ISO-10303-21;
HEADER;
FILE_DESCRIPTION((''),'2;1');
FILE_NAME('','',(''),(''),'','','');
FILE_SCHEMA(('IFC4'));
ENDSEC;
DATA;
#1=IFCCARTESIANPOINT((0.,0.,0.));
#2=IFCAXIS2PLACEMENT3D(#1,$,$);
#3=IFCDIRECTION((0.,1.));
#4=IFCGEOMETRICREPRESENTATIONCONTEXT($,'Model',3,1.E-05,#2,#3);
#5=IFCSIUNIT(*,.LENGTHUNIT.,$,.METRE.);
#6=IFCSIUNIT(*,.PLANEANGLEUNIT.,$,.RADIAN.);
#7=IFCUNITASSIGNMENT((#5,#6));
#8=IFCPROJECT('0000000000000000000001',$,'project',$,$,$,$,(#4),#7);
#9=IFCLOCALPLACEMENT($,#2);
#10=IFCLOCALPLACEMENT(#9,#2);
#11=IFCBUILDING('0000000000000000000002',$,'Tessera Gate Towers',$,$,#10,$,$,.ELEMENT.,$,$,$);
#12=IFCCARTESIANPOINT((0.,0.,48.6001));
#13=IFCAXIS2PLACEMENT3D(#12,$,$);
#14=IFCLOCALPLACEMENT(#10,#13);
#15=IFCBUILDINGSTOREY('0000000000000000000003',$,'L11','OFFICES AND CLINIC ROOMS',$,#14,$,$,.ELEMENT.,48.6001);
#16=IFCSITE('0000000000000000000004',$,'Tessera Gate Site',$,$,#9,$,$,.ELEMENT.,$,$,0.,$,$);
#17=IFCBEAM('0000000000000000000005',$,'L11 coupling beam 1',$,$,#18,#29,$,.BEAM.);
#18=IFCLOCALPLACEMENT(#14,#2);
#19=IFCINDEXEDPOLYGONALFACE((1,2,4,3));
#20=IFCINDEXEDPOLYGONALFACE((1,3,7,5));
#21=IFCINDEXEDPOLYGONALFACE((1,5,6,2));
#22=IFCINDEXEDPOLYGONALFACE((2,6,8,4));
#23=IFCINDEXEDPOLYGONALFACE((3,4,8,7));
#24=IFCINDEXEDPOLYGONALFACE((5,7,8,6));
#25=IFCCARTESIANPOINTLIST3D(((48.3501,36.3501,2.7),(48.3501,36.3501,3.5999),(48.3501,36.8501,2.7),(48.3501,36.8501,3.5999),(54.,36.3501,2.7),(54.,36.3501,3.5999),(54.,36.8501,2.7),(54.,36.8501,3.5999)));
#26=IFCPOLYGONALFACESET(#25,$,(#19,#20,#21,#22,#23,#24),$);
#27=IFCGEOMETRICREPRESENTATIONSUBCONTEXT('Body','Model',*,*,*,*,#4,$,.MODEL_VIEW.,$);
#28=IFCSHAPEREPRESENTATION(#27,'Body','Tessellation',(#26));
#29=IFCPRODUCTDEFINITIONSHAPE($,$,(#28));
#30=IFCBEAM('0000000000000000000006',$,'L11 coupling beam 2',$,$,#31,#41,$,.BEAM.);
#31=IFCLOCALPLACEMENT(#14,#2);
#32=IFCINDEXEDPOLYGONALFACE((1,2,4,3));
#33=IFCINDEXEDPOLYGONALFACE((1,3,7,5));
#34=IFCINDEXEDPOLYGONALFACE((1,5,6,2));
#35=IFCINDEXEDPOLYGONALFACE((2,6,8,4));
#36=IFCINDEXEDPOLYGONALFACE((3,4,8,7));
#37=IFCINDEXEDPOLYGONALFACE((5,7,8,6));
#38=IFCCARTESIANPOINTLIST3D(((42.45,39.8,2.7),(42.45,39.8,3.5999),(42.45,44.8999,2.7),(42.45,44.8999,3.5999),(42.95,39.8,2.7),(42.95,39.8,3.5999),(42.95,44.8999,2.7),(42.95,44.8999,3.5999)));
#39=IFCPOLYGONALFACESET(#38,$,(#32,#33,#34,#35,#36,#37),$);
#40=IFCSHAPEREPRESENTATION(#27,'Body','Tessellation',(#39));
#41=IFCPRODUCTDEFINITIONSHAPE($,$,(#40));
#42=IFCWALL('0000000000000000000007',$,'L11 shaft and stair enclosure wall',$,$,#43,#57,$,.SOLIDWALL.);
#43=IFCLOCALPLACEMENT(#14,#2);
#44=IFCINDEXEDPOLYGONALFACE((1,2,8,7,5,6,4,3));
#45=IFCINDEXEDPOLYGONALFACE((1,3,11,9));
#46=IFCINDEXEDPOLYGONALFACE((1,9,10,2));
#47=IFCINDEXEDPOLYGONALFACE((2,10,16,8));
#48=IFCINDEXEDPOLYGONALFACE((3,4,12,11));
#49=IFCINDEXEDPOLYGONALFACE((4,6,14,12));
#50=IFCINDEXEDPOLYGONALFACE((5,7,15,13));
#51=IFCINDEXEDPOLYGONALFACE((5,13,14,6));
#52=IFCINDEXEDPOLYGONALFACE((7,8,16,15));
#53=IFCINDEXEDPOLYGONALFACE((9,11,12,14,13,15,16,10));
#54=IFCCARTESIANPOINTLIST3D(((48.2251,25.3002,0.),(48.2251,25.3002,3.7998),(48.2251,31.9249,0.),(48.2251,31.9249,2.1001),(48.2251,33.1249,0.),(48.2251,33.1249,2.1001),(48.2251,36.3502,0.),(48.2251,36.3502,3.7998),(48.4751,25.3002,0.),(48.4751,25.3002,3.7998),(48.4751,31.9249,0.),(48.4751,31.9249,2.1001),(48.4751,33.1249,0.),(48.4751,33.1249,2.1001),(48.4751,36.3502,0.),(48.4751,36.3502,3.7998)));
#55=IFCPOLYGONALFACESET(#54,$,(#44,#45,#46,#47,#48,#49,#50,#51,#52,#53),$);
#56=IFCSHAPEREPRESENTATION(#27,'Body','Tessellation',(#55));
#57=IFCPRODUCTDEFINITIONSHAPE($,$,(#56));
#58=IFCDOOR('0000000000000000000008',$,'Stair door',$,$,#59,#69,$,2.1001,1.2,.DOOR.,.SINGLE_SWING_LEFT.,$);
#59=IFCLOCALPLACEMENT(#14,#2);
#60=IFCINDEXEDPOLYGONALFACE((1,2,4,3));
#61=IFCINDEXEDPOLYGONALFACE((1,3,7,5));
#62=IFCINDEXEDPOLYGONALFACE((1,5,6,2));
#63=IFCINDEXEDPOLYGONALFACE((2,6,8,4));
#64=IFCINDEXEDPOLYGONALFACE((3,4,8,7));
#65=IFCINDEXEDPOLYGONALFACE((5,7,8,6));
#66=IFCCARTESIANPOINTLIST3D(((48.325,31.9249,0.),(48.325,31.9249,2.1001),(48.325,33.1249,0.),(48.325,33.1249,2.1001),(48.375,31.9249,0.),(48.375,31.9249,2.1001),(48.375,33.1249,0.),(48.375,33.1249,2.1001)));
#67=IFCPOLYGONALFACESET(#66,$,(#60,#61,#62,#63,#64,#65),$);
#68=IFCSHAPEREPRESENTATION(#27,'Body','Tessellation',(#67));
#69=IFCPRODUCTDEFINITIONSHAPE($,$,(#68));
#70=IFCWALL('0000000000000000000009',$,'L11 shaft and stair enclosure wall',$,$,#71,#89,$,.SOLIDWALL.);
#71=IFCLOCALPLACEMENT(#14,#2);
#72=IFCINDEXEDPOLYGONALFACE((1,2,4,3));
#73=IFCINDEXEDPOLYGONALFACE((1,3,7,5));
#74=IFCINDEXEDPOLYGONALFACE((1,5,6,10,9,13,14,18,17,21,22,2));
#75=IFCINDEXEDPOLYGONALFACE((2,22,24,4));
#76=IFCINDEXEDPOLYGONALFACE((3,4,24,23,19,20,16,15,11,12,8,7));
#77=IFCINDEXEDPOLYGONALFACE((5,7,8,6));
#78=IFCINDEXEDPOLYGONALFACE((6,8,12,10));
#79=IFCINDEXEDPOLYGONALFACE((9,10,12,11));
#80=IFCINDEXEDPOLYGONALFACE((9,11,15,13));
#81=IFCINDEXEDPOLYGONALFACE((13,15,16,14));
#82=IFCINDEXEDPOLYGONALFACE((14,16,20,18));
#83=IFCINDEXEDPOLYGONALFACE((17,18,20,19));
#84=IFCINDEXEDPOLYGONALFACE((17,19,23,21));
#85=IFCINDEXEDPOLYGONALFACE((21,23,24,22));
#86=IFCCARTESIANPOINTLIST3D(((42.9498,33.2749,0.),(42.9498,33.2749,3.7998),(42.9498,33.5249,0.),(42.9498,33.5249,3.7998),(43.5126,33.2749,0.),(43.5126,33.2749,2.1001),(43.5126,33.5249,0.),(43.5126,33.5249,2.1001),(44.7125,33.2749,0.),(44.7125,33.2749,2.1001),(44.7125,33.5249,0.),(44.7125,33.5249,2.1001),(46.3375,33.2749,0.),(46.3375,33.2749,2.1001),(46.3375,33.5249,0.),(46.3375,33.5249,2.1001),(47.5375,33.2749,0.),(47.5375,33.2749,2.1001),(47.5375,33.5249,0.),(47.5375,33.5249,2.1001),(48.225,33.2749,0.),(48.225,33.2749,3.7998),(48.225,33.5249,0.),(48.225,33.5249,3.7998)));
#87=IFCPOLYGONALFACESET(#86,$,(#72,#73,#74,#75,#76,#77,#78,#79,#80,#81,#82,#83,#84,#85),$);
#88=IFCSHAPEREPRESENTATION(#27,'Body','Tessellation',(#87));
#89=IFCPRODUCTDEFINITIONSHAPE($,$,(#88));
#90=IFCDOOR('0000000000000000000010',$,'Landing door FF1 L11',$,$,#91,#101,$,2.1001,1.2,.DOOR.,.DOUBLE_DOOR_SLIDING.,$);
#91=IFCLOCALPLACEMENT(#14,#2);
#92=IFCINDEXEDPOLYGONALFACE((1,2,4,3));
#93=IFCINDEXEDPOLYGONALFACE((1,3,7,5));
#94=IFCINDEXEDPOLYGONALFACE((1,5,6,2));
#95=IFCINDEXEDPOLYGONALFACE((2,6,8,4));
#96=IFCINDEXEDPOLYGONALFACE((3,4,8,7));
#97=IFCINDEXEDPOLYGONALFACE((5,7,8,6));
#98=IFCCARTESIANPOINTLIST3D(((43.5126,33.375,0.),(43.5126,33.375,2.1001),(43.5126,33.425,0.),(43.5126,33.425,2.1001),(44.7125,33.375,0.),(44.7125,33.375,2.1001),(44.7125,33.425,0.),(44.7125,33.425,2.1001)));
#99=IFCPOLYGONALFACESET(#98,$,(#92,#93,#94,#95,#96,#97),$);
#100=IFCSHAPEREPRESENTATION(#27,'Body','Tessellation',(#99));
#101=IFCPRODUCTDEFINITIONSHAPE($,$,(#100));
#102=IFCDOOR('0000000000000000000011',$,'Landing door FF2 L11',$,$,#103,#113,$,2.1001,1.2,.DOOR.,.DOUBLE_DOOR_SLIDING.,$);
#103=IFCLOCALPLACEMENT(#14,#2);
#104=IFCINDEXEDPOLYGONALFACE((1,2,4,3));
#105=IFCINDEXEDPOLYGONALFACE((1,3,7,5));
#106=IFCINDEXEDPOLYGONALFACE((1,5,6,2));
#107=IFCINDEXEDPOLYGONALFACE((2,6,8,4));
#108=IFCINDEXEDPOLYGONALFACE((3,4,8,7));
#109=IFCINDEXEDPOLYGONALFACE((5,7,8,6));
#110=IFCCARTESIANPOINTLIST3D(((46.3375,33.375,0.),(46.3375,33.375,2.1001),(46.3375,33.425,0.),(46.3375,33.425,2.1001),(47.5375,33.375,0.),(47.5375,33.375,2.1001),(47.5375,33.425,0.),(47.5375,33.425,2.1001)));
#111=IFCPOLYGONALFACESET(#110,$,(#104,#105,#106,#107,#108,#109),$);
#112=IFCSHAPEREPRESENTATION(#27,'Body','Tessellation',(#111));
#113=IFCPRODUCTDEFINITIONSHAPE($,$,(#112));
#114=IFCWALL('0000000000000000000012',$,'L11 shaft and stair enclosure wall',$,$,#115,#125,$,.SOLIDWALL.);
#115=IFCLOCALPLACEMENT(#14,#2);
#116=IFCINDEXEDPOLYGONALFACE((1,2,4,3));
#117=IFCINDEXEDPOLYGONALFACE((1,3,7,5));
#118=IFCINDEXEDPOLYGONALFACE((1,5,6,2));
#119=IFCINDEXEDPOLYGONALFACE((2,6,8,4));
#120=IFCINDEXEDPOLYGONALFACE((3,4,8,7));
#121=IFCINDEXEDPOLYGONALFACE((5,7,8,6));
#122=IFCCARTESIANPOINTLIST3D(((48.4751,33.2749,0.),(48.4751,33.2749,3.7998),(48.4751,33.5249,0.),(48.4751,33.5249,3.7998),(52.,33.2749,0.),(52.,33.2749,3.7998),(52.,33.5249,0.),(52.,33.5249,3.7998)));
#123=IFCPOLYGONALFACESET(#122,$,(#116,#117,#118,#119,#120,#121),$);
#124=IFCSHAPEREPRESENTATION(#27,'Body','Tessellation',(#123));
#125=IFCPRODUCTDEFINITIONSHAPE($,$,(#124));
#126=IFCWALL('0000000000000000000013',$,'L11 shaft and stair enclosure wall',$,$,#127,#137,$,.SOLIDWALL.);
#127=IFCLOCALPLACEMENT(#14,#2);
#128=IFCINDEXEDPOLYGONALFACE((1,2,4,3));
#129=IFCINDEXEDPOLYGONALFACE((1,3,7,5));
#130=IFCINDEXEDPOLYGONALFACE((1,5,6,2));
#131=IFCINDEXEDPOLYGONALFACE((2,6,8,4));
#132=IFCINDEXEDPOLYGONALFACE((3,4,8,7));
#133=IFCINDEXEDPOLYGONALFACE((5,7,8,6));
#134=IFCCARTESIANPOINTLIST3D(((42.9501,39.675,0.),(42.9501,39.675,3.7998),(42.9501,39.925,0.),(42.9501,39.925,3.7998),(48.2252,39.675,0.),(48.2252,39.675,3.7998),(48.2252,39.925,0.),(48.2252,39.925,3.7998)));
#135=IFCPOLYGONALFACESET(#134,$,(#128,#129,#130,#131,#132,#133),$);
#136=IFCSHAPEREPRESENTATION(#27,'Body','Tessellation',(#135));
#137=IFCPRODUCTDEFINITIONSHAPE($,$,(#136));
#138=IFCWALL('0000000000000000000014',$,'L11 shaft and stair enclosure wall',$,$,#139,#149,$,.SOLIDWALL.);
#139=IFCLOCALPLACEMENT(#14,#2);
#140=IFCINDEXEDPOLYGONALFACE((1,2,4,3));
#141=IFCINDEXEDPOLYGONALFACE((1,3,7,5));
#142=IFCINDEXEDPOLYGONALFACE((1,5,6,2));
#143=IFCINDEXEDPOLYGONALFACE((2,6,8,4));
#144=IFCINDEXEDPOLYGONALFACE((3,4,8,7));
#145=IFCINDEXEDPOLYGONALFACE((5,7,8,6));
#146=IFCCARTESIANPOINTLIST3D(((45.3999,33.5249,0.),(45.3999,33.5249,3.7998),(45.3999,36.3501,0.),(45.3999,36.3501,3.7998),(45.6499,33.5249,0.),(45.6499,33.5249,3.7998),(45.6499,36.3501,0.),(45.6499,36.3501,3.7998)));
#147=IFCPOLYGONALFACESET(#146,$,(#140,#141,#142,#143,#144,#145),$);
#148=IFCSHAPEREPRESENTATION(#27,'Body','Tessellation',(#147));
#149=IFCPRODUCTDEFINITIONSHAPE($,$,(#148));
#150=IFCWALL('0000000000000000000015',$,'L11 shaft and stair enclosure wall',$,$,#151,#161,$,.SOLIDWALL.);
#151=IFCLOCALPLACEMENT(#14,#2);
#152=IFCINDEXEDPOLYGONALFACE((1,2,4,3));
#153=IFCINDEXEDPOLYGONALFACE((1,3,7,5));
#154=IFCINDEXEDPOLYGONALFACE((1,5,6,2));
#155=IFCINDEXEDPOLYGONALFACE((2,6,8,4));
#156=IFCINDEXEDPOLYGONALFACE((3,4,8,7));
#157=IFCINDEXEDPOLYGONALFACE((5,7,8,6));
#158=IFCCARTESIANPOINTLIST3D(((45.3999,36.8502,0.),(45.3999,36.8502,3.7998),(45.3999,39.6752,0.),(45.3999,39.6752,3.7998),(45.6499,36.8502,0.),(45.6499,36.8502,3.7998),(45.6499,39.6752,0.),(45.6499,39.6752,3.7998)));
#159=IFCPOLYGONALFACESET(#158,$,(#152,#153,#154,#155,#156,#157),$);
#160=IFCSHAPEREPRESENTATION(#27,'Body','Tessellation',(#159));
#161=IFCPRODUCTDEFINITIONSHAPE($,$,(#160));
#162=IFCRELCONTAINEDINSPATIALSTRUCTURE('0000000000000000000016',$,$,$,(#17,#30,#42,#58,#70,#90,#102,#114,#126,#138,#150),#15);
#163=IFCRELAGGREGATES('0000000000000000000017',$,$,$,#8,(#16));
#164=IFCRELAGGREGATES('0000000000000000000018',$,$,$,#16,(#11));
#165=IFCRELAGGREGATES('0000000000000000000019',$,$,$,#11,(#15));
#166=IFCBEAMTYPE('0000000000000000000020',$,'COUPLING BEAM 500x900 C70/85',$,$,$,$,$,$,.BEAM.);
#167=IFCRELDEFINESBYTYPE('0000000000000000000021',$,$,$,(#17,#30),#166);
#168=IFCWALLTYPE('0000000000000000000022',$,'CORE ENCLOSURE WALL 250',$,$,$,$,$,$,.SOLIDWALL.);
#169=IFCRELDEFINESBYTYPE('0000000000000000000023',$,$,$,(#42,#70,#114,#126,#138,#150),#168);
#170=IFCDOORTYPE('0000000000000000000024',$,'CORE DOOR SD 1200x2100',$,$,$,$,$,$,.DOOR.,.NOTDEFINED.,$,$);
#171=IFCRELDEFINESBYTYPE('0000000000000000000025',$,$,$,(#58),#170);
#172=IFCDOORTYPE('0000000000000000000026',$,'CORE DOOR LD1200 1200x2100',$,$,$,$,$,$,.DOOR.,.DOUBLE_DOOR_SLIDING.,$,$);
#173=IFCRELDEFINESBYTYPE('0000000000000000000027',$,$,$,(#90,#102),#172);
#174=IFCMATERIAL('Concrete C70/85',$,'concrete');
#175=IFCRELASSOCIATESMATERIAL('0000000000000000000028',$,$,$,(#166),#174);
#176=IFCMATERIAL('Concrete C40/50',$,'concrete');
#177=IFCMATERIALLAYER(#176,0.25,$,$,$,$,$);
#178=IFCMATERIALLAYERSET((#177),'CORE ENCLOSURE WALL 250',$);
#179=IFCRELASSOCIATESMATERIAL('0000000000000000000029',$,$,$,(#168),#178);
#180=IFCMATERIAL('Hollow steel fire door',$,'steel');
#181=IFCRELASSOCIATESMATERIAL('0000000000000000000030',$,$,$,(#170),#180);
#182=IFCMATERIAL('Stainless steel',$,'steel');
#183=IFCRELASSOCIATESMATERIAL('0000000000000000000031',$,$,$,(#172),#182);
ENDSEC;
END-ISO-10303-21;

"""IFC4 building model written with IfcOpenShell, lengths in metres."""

from ifc_helpers import new_model, si_unit, direction, frame, frame_2d, origin, origin_2d, place, context, subcontext, project, spatial, rectangle, extrude, source, transform, mapped, material, layer, layer_set, material_profile, profile_set, type_object, element, fill, save


model = new_model("IFC4")

# Units and contexts
model_context = context("Model", 3, precision=1e-05, world=origin(), true_north=direction((0.0, 1.0)))
body_context = subcontext(model_context, "Body", "Model", "MODEL_VIEW")
ifc_project = project(units=[si_unit("LENGTHUNIT", "METRE"), si_unit("PLANEANGLEUNIT", "RADIAN")], contexts=[model_context])

# Site, building, storey
site_placement = place(None, origin())
site = spatial("IfcSite", under=ifc_project, at=site_placement, Name="Tessera Gate Site", CompositionType="ELEMENT", RefElevation=0.0)
building_placement = place(site_placement, origin())
building = spatial("IfcBuilding", under=site, at=building_placement, Name="Tessera Gate Towers", CompositionType="ELEMENT")
storey_placement = place(building_placement, frame((0.0, 0.0, 48.6001)))
storey = spatial("IfcBuildingStorey", under=building, at=storey_placement, Name="L11", Description="OFFICES AND CLINIC ROOMS", CompositionType="ELEMENT", Elevation=48.6001)

# Beams
ifc_material_1 = material(Name="Concrete C70/85", Category="concrete")
ifc_material_profile = material_profile(ifc_material_1, rectangle(XDim=0.5, YDim=0.8999, at=origin_2d()), Name="RC 500x900")
ifc_profile_set = profile_set([ifc_material_profile], Name="Concrete C70/85")
beam_type = type_object("IfcBeamType", Name="COUPLING BEAM 500x900 C70/85", PredefinedType="BEAM", material=ifc_profile_set)
beam_1_placement = place(storey_placement, frame((48.3501, 36.6001, 3.1499), z_axis=(1.0, 0.0, 0.0), x_axis=(0.0, 1.0, 0.0)))
element("IfcBeam", 1, at=beam_1_placement, inside=storey, type_object=beam_type, Name="L11 coupling beam 1", PredefinedType="BEAM", context=body_context, shape_type="SweptSolid", body=[
    extrude(rectangle(XDim=0.5, YDim=0.8999, at=origin_2d()), origin(), (0.0, 0.0, 1.0), 5.6499),
])
beam_2_placement = place(storey_placement, frame((42.7, 39.8, 3.1499), z_axis=(0.0, 1.0, 0.0), x_axis=(-1.0, 0.0, 0.0)))
element("IfcBeam", 2, at=beam_2_placement, inside=storey, type_object=beam_type, Name="L11 coupling beam 2", PredefinedType="BEAM", context=body_context, shape_type="SweptSolid", body=[
    extrude(rectangle(XDim=0.5, YDim=0.8999, at=origin_2d()), origin(), (0.0, 0.0, 1.0), 5.0999),
])

# Wall, opening, door
ifc_material_2 = material(Name="Concrete C40/50", Category="concrete")
ifc_layer_1 = layer(ifc_material_2, 0.25)
ifc_layer_set_1 = layer_set([ifc_layer_1], Name="CORE ENCLOSURE WALL 250")
wall_type_1 = type_object("IfcWallType", Name="CORE ENCLOSURE WALL 250", PredefinedType="SOLIDWALL", material=ifc_layer_set_1)
wall_1_placement = place(storey_placement, frame((48.3501, 36.3501, 0.0), z_axis=(0.0, 0.0, 1.0), x_axis=(0.0, -1.0, 0.0)))
wall_1 = element("IfcWall", 3, at=wall_1_placement, inside=storey, type_object=wall_type_1, Name="L11 shaft and stair enclosure wall", PredefinedType="SOLIDWALL", context=body_context, shape_type="SweptSolid", body=[
    extrude(rectangle(XDim=11.05, YDim=0.25, at=frame_2d((5.5249, 0.0))), origin(), (0.0, 0.0, 1.0), 3.7998),
])
shared_shape_1 = source(origin(), body_context, "Body", "SweptSolid", [
    extrude(rectangle(XDim=1.2, YDim=2.1001, at=frame_2d((0.6001, 1.05))), frame((0.0, 0.135, 0.0), z_axis=(0.0, -1.0, 0.0), x_axis=(1.0, 0.0, 0.0)), (0.0, 0.0, 1.0), 0.27),
])
opening_1_placement = place(wall_1_placement, frame((3.2251, 0.0, 0.0)))
opening_1 = element("IfcOpeningElement", 4, at=opening_1_placement, cuts=wall_1, PredefinedType="OPENING", context=body_context, shape_type="MappedRepresentation", body=[
    mapped(shared_shape_1, transform((0.0, 0.0, 0.0), scale=1.0)),
])
ifc_material_3 = material(Name="Hollow steel fire door", Category="steel")
door_type_1 = type_object("IfcDoorType", Name="CORE DOOR SD 1200x2100", OperationType="NOTDEFINED", PredefinedType="DOOR", material=ifc_material_3)
shared_shape_2 = source(origin(), body_context, "Body", "SweptSolid", [
    extrude(rectangle(XDim=1.2, YDim=2.1001, at=frame_2d((0.6001, 1.05))), frame((0.0, 0.0249, 0.0), z_axis=(0.0, -1.0, 0.0), x_axis=(1.0, 0.0, 0.0)), (0.0, 0.0, 1.0), 0.05),
])
door_1_placement = place(opening_1_placement, origin())
door_1 = element("IfcDoor", 5, at=door_1_placement, inside=storey, type_object=door_type_1, Name="Stair door", OperationType="SINGLE_SWING_LEFT", OverallHeight=2.1001, OverallWidth=1.2, PredefinedType="DOOR", context=body_context, shape_type="MappedRepresentation", body=[
    mapped(shared_shape_2, transform((0.0, 0.0, 0.0), scale=1.0)),
])
fill(opening_1, door_1)

# Wall, openings, doors
wall_2_placement = place(storey_placement, frame((48.2251, 33.3999, 0.0), z_axis=(0.0, 0.0, 1.0), x_axis=(-1.0, 0.0, 0.0)))
wall_2 = element("IfcWall", 6, at=wall_2_placement, inside=storey, type_object=wall_type_1, Name="L11 shaft and stair enclosure wall", PredefinedType="SOLIDWALL", context=body_context, shape_type="SweptSolid", body=[
    extrude(rectangle(XDim=5.2751, YDim=0.25, at=frame_2d((2.6377, 0.0))), origin(), (0.0, 0.0, 1.0), 3.7998),
])
opening_2_placement = place(wall_2_placement, frame((3.5125, 0.0, 0.0)))
opening_2 = element("IfcOpeningElement", 7, at=opening_2_placement, cuts=wall_2, PredefinedType="OPENING", context=body_context, shape_type="MappedRepresentation", body=[
    mapped(shared_shape_1, transform((0.0, 0.0, 0.0), scale=1.0)),
])
opening_3_placement = place(wall_2_placement, frame((0.6875, 0.0, 0.0)))
opening_3 = element("IfcOpeningElement", 8, at=opening_3_placement, cuts=wall_2, PredefinedType="OPENING", context=body_context, shape_type="MappedRepresentation", body=[
    mapped(shared_shape_1, transform((0.0, 0.0, 0.0), scale=1.0)),
])
ifc_material_4 = material(Name="Stainless steel", Category="steel")
door_type_2 = type_object("IfcDoorType", Name="CORE DOOR LD1200 1200x2100", OperationType="DOUBLE_DOOR_SLIDING", PredefinedType="DOOR", material=ifc_material_4)
door_2_placement = place(opening_2_placement, origin())
door_2 = element("IfcDoor", 9, at=door_2_placement, inside=storey, type_object=door_type_2, Name="Landing door FF1 L11", OperationType="DOUBLE_DOOR_SLIDING", OverallHeight=2.1001, OverallWidth=1.2, PredefinedType="DOOR", context=body_context, shape_type="MappedRepresentation", body=[
    mapped(shared_shape_2, transform((0.0, 0.0, 0.0), scale=1.0)),
])
fill(opening_2, door_2)
door_3_placement = place(opening_3_placement, origin())
door_3 = element("IfcDoor", 10, at=door_3_placement, inside=storey, type_object=door_type_2, Name="Landing door FF2 L11", OperationType="DOUBLE_DOOR_SLIDING", OverallHeight=2.1001, OverallWidth=1.2, PredefinedType="DOOR", context=body_context, shape_type="MappedRepresentation", body=[
    mapped(shared_shape_2, transform((0.0, 0.0, 0.0), scale=1.0)),
])
fill(opening_3, door_3)

# Walls
wall_3_placement = place(storey_placement, frame((48.4751, 33.3999, 0.0), z_axis=(0.0, 0.0, 1.0), x_axis=(1.0, 0.0, 0.0)))
element("IfcWall", 11, at=wall_3_placement, inside=storey, type_object=wall_type_1, Name="L11 shaft and stair enclosure wall", PredefinedType="SOLIDWALL", context=body_context, shape_type="SweptSolid", body=[
    extrude(rectangle(XDim=3.5249, YDim=0.25, at=frame_2d((1.7625, 0.0))), origin(), (0.0, 0.0, 1.0), 3.7998),
])
wall_4_placement = place(storey_placement, frame((42.95, 39.8, 0.0), z_axis=(0.0, 0.0, 1.0), x_axis=(1.0, 0.0, 0.0)))
element("IfcWall", 12, at=wall_4_placement, inside=storey, type_object=wall_type_1, Name="L11 shaft and stair enclosure wall", PredefinedType="SOLIDWALL", context=body_context, shape_type="SweptSolid", body=[
    extrude(rectangle(XDim=5.2751, YDim=0.25, at=frame_2d((2.6377, 0.0))), origin(), (0.0, 0.0, 1.0), 3.7998),
])
wall_5_placement = place(storey_placement, frame((45.5249, 33.5249, 0.0), z_axis=(0.0, 0.0, 1.0), x_axis=(0.0, 1.0, 0.0)))
element("IfcWall", 13, at=wall_5_placement, inside=storey, type_object=wall_type_1, Name="L11 shaft and stair enclosure wall", PredefinedType="SOLIDWALL", context=body_context, shape_type="SweptSolid", body=[
    extrude(rectangle(XDim=2.8252, YDim=0.25, at=frame_2d((1.4126, 0.0))), origin(), (0.0, 0.0, 1.0), 3.7998),
])
wall_6_placement = place(storey_placement, frame((45.5249, 36.8501, 0.0), z_axis=(0.0, 0.0, 1.0), x_axis=(0.0, 1.0, 0.0)))
element("IfcWall", 14, at=wall_6_placement, inside=storey, type_object=wall_type_1, Name="L11 shaft and stair enclosure wall", PredefinedType="SOLIDWALL", context=body_context, shape_type="SweptSolid", body=[
    extrude(rectangle(XDim=2.825, YDim=0.25, at=frame_2d((1.4126, 0.0))), origin(), (0.0, 0.0, 1.0), 3.7998),
])

save(model, "model.ifc")
